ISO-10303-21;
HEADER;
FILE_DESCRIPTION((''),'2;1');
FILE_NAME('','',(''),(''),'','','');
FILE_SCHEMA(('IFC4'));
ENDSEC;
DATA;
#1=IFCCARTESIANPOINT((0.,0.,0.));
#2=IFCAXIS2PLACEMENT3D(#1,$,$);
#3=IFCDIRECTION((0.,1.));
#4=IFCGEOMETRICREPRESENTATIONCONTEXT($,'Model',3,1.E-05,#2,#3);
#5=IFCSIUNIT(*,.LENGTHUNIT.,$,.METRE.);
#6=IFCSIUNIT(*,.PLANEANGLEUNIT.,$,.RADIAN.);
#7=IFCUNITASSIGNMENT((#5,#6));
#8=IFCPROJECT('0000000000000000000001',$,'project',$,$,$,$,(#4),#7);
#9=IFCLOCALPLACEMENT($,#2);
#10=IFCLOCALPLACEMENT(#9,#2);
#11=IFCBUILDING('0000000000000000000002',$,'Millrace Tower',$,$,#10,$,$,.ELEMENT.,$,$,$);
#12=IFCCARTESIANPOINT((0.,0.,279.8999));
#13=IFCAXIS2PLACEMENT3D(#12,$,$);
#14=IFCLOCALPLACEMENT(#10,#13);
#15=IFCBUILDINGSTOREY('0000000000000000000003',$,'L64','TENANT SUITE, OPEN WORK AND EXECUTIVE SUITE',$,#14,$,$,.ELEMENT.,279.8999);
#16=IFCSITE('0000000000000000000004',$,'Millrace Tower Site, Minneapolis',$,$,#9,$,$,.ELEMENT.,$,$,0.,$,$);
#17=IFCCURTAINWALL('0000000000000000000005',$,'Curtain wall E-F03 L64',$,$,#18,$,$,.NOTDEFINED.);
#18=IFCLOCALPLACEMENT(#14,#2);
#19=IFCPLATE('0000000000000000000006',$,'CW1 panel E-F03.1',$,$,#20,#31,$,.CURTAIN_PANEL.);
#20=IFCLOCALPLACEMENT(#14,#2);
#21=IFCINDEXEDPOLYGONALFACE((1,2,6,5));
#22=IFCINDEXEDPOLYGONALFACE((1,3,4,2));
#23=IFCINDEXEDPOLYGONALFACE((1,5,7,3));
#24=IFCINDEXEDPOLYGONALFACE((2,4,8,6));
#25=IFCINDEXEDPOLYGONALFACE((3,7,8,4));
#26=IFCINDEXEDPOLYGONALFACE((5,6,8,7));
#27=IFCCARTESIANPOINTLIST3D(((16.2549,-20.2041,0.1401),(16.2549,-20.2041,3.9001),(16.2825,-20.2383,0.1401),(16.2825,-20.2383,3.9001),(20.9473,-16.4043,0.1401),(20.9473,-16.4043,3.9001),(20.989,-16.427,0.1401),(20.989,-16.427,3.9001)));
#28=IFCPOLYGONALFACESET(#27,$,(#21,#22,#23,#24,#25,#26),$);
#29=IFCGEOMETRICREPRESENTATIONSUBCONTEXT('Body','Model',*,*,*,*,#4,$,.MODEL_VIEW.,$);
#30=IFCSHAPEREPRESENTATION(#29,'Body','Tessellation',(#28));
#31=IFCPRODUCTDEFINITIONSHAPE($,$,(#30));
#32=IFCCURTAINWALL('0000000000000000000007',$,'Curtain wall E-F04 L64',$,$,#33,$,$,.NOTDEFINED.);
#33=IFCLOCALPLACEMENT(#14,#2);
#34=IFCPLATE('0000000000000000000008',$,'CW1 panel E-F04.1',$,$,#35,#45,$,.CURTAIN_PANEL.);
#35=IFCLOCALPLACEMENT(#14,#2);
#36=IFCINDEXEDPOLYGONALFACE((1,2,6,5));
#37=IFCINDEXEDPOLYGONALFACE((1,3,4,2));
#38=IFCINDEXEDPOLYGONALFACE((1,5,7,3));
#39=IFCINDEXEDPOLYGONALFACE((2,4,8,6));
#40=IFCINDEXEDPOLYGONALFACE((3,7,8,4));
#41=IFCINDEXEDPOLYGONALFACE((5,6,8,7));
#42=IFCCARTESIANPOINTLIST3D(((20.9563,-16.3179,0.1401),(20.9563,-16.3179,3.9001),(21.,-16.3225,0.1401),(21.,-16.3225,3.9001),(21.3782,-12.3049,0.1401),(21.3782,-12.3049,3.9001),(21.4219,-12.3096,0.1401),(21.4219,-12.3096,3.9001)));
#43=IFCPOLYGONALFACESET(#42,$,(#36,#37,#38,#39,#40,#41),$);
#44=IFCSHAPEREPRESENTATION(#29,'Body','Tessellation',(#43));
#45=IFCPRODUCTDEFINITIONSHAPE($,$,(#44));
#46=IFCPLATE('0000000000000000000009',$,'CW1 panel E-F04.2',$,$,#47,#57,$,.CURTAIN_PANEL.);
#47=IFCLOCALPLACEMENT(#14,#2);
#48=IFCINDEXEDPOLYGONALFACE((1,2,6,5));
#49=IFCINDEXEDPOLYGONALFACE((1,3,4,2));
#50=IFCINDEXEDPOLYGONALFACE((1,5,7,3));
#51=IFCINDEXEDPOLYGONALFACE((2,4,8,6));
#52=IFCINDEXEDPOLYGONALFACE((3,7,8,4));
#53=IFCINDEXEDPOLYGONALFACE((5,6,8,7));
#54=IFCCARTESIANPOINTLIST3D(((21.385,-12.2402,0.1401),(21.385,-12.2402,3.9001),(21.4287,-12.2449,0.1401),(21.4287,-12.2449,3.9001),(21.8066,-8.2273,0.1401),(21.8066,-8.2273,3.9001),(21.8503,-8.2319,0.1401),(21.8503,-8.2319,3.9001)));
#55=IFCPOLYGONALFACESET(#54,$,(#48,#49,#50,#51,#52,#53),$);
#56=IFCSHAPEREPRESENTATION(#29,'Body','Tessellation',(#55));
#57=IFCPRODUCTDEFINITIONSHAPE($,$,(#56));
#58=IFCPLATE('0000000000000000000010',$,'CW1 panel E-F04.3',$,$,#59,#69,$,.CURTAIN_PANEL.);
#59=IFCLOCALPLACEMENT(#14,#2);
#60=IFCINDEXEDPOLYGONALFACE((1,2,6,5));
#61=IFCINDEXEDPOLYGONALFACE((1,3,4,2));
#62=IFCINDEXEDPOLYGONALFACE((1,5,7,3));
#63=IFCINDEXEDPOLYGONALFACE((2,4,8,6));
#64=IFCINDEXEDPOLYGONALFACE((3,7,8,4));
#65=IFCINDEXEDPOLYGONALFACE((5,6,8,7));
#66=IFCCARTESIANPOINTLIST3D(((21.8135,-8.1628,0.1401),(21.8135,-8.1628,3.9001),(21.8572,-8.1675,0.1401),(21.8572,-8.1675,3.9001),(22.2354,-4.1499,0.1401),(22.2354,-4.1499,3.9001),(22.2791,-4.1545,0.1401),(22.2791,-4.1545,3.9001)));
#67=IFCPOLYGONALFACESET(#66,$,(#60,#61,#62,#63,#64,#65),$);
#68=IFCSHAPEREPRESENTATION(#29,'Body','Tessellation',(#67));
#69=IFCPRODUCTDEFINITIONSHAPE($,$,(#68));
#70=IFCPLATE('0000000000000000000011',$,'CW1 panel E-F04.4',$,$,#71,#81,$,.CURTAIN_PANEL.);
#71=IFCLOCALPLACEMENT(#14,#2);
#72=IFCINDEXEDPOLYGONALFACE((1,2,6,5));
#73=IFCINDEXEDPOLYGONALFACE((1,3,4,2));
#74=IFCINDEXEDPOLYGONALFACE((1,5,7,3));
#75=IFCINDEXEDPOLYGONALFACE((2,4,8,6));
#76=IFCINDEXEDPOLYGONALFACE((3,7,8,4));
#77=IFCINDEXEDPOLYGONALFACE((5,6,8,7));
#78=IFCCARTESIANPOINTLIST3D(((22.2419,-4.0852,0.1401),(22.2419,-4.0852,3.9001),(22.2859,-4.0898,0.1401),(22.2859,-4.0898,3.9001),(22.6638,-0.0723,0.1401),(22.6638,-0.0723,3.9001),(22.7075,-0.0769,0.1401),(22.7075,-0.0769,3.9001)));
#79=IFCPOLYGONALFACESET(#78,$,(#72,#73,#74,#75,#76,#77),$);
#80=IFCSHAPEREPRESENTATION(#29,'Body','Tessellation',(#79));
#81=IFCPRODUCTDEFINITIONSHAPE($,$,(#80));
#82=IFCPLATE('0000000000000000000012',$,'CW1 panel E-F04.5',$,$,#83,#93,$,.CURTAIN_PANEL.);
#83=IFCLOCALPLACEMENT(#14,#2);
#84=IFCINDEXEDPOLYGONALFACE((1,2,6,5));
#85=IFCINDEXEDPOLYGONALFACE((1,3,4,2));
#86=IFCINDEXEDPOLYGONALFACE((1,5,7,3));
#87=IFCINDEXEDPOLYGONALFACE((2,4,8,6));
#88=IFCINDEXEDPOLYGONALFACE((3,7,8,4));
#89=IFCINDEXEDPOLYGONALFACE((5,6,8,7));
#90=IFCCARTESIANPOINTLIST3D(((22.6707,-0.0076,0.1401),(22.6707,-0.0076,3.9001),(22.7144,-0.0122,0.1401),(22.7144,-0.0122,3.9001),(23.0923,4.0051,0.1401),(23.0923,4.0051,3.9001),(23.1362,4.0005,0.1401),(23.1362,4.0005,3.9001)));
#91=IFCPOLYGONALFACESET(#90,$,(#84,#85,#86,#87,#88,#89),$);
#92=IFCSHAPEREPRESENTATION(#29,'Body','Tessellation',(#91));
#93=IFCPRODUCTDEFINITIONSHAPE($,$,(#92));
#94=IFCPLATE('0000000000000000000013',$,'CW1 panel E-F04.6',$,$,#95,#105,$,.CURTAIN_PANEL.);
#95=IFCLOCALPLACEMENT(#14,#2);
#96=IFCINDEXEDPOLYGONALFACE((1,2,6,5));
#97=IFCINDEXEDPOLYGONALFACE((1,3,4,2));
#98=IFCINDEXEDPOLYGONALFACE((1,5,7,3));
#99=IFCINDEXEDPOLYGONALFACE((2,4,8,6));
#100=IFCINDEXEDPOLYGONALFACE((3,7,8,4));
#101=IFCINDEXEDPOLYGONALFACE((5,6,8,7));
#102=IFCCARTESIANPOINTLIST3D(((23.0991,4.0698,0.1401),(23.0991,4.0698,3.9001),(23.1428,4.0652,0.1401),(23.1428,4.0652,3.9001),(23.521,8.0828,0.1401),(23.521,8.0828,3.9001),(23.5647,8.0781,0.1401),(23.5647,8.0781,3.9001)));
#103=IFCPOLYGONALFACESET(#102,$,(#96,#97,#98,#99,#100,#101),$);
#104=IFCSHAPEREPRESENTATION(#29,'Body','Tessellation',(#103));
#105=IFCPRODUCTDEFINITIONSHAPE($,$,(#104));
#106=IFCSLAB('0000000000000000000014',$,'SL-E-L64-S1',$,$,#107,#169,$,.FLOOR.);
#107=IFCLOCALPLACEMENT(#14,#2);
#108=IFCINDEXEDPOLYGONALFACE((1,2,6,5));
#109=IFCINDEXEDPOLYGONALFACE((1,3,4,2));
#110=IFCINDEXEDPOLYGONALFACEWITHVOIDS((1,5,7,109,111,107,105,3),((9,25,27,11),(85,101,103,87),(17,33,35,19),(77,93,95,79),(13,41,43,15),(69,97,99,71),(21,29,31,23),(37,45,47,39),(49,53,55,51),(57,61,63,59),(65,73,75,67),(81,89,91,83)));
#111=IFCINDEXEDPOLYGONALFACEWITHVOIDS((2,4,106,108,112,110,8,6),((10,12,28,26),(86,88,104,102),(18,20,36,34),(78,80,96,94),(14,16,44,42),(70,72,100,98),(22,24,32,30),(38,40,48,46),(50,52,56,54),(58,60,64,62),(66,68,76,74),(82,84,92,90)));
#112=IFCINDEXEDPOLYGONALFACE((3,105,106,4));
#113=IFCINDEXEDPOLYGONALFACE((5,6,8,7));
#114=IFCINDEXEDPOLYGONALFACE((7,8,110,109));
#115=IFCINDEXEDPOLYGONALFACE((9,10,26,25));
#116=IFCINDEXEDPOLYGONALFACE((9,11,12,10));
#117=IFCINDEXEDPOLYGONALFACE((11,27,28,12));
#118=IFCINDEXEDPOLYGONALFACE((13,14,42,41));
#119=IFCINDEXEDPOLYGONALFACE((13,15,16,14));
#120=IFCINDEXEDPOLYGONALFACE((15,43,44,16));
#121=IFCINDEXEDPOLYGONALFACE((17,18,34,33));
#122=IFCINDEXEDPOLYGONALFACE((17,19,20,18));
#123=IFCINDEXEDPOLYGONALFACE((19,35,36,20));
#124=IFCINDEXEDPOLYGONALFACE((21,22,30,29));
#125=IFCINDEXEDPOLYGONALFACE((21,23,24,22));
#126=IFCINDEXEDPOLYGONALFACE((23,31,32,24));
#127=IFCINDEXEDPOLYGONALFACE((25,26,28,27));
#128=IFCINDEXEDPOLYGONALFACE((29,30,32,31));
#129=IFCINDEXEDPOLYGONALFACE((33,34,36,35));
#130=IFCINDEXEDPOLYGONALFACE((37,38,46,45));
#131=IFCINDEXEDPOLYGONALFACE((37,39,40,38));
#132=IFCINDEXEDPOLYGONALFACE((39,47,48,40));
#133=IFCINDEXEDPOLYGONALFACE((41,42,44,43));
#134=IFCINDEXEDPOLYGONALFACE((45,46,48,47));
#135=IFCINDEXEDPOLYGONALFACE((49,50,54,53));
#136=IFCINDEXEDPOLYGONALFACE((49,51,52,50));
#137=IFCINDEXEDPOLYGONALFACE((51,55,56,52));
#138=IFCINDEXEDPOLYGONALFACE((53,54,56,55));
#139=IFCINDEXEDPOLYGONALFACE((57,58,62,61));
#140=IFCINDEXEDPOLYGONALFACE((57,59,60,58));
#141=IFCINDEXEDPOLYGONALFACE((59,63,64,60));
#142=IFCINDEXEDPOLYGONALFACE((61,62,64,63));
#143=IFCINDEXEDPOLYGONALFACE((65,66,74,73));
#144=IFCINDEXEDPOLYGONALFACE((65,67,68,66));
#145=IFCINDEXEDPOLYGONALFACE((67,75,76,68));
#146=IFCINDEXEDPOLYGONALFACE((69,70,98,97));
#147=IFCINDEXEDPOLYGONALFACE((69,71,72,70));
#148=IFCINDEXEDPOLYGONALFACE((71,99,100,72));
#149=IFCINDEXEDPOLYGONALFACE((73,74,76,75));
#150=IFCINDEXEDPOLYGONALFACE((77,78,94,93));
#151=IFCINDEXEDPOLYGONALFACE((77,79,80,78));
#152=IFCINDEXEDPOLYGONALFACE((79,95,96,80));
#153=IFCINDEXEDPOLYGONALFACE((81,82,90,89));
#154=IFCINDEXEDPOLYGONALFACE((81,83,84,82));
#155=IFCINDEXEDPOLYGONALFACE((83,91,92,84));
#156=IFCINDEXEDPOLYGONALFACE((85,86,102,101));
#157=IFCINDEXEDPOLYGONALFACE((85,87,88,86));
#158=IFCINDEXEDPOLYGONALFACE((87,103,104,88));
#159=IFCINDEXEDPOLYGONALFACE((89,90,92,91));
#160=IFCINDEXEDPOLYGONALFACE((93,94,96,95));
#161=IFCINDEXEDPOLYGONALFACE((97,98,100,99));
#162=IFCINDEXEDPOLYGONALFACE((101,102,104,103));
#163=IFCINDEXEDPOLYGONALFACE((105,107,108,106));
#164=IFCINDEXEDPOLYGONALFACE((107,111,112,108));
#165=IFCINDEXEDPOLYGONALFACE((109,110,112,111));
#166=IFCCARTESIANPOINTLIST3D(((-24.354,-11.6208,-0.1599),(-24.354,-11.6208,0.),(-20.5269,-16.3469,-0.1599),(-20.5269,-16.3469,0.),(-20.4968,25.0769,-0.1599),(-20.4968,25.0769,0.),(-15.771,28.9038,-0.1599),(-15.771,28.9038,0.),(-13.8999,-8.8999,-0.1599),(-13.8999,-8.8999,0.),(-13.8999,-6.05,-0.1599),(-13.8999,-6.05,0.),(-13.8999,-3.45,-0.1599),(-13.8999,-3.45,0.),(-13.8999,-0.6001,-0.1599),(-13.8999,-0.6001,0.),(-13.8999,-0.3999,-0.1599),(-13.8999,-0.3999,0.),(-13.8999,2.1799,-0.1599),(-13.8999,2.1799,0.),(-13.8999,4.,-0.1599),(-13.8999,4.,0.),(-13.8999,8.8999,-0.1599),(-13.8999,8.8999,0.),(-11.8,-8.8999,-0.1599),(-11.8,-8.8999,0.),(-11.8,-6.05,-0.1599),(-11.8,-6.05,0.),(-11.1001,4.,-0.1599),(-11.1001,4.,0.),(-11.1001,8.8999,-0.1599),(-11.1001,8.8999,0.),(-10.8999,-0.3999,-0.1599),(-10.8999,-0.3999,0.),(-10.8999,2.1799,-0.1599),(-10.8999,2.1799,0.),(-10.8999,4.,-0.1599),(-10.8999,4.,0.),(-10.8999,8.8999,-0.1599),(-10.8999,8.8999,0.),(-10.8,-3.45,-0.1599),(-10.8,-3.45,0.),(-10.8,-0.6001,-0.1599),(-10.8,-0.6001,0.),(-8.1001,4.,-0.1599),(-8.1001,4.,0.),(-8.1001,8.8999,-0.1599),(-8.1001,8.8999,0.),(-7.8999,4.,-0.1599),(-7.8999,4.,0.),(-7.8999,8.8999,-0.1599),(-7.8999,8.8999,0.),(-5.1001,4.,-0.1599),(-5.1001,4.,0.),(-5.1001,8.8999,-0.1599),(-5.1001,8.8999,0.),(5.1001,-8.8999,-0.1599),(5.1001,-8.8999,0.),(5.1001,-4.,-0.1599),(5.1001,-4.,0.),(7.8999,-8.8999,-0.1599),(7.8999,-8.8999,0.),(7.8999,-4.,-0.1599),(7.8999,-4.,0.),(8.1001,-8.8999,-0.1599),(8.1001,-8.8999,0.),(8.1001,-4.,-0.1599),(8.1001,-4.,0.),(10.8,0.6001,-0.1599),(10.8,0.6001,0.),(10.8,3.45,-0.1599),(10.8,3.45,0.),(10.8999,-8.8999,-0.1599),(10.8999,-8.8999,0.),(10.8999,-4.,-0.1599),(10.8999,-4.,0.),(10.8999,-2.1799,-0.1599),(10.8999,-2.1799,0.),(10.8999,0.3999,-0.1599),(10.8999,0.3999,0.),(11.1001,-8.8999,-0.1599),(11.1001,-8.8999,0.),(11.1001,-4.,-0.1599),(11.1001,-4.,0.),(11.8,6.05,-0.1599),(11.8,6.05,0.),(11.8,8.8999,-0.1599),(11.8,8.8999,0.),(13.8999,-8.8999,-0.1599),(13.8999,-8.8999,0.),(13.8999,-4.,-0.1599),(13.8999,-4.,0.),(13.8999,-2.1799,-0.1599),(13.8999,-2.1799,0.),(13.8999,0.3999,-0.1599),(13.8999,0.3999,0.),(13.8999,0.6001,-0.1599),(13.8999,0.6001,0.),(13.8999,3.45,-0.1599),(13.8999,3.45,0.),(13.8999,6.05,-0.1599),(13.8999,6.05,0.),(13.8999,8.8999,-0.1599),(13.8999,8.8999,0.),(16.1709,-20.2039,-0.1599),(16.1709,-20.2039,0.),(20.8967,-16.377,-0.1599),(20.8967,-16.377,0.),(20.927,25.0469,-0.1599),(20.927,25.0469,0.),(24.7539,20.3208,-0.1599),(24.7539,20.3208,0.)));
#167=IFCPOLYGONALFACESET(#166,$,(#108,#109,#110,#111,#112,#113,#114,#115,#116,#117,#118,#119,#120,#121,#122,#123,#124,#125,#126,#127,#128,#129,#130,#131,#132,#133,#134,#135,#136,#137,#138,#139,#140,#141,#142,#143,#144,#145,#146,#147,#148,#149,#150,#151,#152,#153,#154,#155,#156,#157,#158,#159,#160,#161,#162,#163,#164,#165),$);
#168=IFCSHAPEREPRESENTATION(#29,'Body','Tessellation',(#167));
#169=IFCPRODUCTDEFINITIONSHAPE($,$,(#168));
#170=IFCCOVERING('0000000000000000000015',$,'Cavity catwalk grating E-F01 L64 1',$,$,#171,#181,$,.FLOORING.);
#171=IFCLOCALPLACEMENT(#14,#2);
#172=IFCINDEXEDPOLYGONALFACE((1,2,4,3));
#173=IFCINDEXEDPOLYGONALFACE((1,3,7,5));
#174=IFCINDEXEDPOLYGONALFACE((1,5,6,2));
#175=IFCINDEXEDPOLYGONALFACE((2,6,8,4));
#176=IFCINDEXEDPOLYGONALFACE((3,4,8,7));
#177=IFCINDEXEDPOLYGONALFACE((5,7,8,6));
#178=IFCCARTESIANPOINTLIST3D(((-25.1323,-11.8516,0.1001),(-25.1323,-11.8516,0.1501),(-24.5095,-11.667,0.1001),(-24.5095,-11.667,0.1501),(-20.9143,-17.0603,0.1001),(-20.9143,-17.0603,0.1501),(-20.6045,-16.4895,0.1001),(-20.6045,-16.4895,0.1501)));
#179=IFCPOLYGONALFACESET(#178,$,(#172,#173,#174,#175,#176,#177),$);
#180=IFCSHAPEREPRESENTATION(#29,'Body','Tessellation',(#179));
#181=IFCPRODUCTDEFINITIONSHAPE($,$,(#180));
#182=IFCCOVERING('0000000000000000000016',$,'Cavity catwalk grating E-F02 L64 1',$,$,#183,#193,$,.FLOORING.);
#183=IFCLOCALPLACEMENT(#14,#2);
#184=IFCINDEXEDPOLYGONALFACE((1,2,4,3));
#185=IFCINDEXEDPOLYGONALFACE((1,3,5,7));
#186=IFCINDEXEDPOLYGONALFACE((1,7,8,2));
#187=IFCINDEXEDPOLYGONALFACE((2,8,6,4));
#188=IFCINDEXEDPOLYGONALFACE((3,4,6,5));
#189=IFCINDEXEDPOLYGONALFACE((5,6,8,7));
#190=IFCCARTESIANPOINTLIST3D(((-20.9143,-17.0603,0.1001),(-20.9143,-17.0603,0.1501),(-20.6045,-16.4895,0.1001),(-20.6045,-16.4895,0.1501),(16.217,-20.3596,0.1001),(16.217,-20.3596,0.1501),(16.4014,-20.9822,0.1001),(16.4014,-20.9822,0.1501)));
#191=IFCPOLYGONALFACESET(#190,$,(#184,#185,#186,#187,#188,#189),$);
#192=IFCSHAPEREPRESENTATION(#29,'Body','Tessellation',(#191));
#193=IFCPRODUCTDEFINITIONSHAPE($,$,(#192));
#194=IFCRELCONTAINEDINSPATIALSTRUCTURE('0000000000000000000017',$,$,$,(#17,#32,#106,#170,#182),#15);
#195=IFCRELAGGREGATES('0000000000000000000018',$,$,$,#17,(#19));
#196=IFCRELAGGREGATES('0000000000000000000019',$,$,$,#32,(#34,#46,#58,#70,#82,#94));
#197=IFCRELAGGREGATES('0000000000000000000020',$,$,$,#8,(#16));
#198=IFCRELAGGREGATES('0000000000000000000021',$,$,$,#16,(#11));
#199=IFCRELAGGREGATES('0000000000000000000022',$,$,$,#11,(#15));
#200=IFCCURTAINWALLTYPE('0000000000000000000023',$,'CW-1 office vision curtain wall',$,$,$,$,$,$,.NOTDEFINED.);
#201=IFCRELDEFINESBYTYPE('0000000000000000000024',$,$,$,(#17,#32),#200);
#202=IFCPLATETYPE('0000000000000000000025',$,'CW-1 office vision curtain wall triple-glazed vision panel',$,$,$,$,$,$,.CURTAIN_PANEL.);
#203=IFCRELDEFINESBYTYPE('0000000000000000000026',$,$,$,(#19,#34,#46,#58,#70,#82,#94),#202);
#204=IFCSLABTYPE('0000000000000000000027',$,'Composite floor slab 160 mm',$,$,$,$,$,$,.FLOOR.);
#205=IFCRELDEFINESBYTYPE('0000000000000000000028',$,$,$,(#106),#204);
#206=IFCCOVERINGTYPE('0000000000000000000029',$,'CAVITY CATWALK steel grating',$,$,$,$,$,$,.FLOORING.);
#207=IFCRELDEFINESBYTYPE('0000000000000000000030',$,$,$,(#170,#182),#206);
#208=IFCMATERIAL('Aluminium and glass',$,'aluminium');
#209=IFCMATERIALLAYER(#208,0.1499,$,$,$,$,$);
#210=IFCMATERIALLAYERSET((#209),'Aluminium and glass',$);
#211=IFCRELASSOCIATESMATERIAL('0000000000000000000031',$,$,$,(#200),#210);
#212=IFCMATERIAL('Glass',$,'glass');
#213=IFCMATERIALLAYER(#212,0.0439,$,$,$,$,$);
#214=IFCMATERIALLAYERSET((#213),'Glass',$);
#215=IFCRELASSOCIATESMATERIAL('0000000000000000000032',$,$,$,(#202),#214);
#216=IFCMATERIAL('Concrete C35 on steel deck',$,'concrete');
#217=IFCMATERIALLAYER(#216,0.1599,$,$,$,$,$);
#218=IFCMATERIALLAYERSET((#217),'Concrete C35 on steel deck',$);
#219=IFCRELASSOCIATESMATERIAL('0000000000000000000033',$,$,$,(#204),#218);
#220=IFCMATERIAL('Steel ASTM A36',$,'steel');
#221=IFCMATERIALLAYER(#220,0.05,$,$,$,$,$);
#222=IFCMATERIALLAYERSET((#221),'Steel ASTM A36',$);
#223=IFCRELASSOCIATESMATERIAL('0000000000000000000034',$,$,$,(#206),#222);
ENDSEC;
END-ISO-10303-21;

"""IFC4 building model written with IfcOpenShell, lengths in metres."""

from ifc_helpers import new_model, si_unit, direction, frame, origin, place, context, subcontext, project, spatial, polyline, outline, extrude, material, layer, layer_set, type_object, element, aggregate, save


model = new_model("IFC4")

# Units and contexts
model_context = context("Model", 3, precision=1e-05, world=origin(), true_north=direction((0.0, 1.0)))
body_context = subcontext(model_context, "Body", "Model", "MODEL_VIEW")
ifc_project = project(units=[si_unit("LENGTHUNIT", "METRE"), si_unit("PLANEANGLEUNIT", "RADIAN")], contexts=[model_context])

# Site, building, storey
site_placement = place(None, origin())
site = spatial("IfcSite", under=ifc_project, at=site_placement, Name="Millrace Tower Site, Minneapolis", CompositionType="ELEMENT", RefElevation=0.0)
building_placement = place(site_placement, origin())
building = spatial("IfcBuilding", under=site, at=building_placement, Name="Millrace Tower", CompositionType="ELEMENT")
storey_placement = place(building_placement, frame((0.0, 0.0, 279.8999)))
storey = spatial("IfcBuildingStorey", under=building, at=storey_placement, Name="L64", Description="TENANT SUITE, OPEN WORK AND EXECUTIVE SUITE", CompositionType="ELEMENT", Elevation=279.8999)

# Shared definitions
ifc_material_1 = material(Name="Aluminium and glass", Category="aluminium")
ifc_layer_1 = layer(ifc_material_1, 0.1499)
ifc_layer_set_1 = layer_set([ifc_layer_1], Name="Aluminium and glass")
curtain_wall_type = type_object("IfcCurtainWallType", Name="CW-1 office vision curtain wall", PredefinedType="NOTDEFINED", material=ifc_layer_set_1)
placement_1 = place(storey_placement, origin())
ifc_material_2 = material(Name="Glass", Category="glass")
ifc_layer_2 = layer(ifc_material_2, 0.0439)
ifc_layer_set_2 = layer_set([ifc_layer_2], Name="Glass")
plate_type = type_object("IfcPlateType", Name="CW-1 office vision curtain wall triple-glazed vision panel", PredefinedType="CURTAIN_PANEL", material=ifc_layer_set_2)
placement_2 = place(storey_placement, frame((0.0, 0.0, 0.1401)))

# Curtain wall, plate
curtain_wall_1 = element("IfcCurtainWall", 1, at=placement_1, inside=storey, type_object=curtain_wall_type, Name="Curtain wall E-F03 L64", PredefinedType="NOTDEFINED")
plate_1 = element("IfcPlate", 2, at=placement_2, type_object=plate_type, Name="CW1 panel E-F03.1", PredefinedType="CURTAIN_PANEL", context=body_context, shape_type="SweptSolid", body=[
    extrude(outline(polyline([(16.2825, -20.2383), (20.989, -16.427), (20.9473, -16.4043), (16.2549, -20.2041), (16.2825, -20.2383)])), origin(), (0.0, 0.0, 1.0), 3.76),
])
aggregate(curtain_wall_1, [plate_1])

# Curtain wall, plates
curtain_wall_2 = element("IfcCurtainWall", 3, at=placement_1, inside=storey, type_object=curtain_wall_type, Name="Curtain wall E-F04 L64", PredefinedType="NOTDEFINED")
plate_2 = element("IfcPlate", 4, at=placement_2, type_object=plate_type, Name="CW1 panel E-F04.1", PredefinedType="CURTAIN_PANEL", context=body_context, shape_type="SweptSolid", body=[
    extrude(outline(polyline([(21.0, -16.3225), (21.4219, -12.3096), (21.3782, -12.3049), (20.9563, -16.3179), (21.0, -16.3225)])), origin(), (0.0, 0.0, 1.0), 3.76),
])
plate_3 = element("IfcPlate", 5, at=placement_2, type_object=plate_type, Name="CW1 panel E-F04.2", PredefinedType="CURTAIN_PANEL", context=body_context, shape_type="SweptSolid", body=[
    extrude(outline(polyline([(21.4287, -12.2449), (21.8503, -8.2319), (21.8066, -8.2273), (21.385, -12.2402), (21.4287, -12.2449)])), origin(), (0.0, 0.0, 1.0), 3.76),
])
plate_4 = element("IfcPlate", 6, at=placement_2, type_object=plate_type, Name="CW1 panel E-F04.3", PredefinedType="CURTAIN_PANEL", context=body_context, shape_type="SweptSolid", body=[
    extrude(outline(polyline([(21.8572, -8.1675), (22.2791, -4.1545), (22.2354, -4.1499), (21.8135, -8.1628), (21.8572, -8.1675)])), origin(), (0.0, 0.0, 1.0), 3.76),
])
plate_5 = element("IfcPlate", 7, at=placement_2, type_object=plate_type, Name="CW1 panel E-F04.4", PredefinedType="CURTAIN_PANEL", context=body_context, shape_type="SweptSolid", body=[
    extrude(outline(polyline([(22.2859, -4.0898), (22.7075, -0.0769), (22.6638, -0.0723), (22.2419, -4.0852), (22.2859, -4.0898)])), origin(), (0.0, 0.0, 1.0), 3.76),
])
plate_6 = element("IfcPlate", 8, at=placement_2, type_object=plate_type, Name="CW1 panel E-F04.5", PredefinedType="CURTAIN_PANEL", context=body_context, shape_type="SweptSolid", body=[
    extrude(outline(polyline([(22.7144, -0.0122), (23.1362, 4.0005), (23.0923, 4.0051), (22.6707, -0.0076), (22.7144, -0.0122)])), origin(), (0.0, 0.0, 1.0), 3.76),
])
plate_7 = element("IfcPlate", 9, at=placement_2, type_object=plate_type, Name="CW1 panel E-F04.6", PredefinedType="CURTAIN_PANEL", context=body_context, shape_type="SweptSolid", body=[
    extrude(outline(polyline([(23.1428, 4.0652), (23.5647, 8.0781), (23.521, 8.0828), (23.0991, 4.0698), (23.1428, 4.0652)])), origin(), (0.0, 0.0, 1.0), 3.76),
])
aggregate(curtain_wall_2, [plate_2, plate_3, plate_4, plate_5, plate_6, plate_7])

# Slab
ifc_material_3 = material(Name="Concrete C35 on steel deck", Category="concrete")
ifc_layer_3 = layer(ifc_material_3, 0.1599)
ifc_layer_set_3 = layer_set([ifc_layer_3], Name="Concrete C35 on steel deck")
slab_type = type_object("IfcSlabType", Name="Composite floor slab 160 mm", PredefinedType="FLOOR", material=ifc_layer_set_3)
slab_placement = place(storey_placement, frame((0.0, 0.0, -0.1599)))
element("IfcSlab", 10, at=slab_placement, inside=storey, type_object=slab_type, Name="SL-E-L64-S1", PredefinedType="FLOOR", context=body_context, shape_type="SweptSolid", body=[
    extrude(outline(polyline([(-24.354, -11.6208), (-20.5269, -16.3469), (16.1709, -20.2039), (20.8967, -16.377), (24.7539, 20.3208), (20.927, 25.0469), (-15.771, 28.9038), (-20.4968, 25.0769), (-24.354, -11.6208)]), holes=[polyline([(-13.8999, -8.8999), (-11.8, -8.8999), (-11.8, -6.05), (-13.8999, -6.05), (-13.8999, -8.8999)]), polyline([(-13.8999, -3.45), (-10.8, -3.45), (-10.8, -0.6001), (-13.8999, -0.6001), (-13.8999, -3.45)]), polyline([(-13.8999, -0.3999), (-10.8999, -0.3999), (-10.8999, 2.1799), (-13.8999, 2.1799), (-13.8999, -0.3999)]), polyline([(-13.8999, 4.0), (-11.1001, 4.0), (-11.1001, 8.8999), (-13.8999, 8.8999), (-13.8999, 4.0)]), polyline([(-10.8999, 4.0), (-8.1001, 4.0), (-8.1001, 8.8999), (-10.8999, 8.8999), (-10.8999, 4.0)]), polyline([(-7.8999, 4.0), (-5.1001, 4.0), (-5.1001, 8.8999), (-7.8999, 8.8999), (-7.8999, 4.0)]), polyline([(11.8, 6.05), (13.8999, 6.05), (13.8999, 8.8999), (11.8, 8.8999), (11.8, 6.05)]), polyline([(10.8, 0.6001), (13.8999, 0.6001), (13.8999, 3.45), (10.8, 3.45), (10.8, 0.6001)]), polyline([(10.8999, -2.1799), (13.8999, -2.1799), (13.8999, 0.3999), (10.8999, 0.3999), (10.8999, -2.1799)]), polyline([(11.1001, -8.8999), (13.8999, -8.8999), (13.8999, -4.0), (11.1001, -4.0), (11.1001, -8.8999)]), polyline([(8.1001, -8.8999), (10.8999, -8.8999), (10.8999, -4.0), (8.1001, -4.0), (8.1001, -8.8999)]), polyline([(5.1001, -8.8999), (7.8999, -8.8999), (7.8999, -4.0), (5.1001, -4.0), (5.1001, -8.8999)])]), origin(), (0.0, 0.0, 1.0), 0.1599),
])

# Coverings
ifc_material_4 = material(Name="Steel ASTM A36", Category="steel")
ifc_layer_4 = layer(ifc_material_4, 0.05)
ifc_layer_set_4 = layer_set([ifc_layer_4], Name="Steel ASTM A36")
covering_type = type_object("IfcCoveringType", Name="CAVITY CATWALK steel grating", PredefinedType="FLOORING", material=ifc_layer_set_4)
placement_3 = place(storey_placement, frame((0.0, 0.0, 0.1001)))
element("IfcCovering", 11, at=placement_3, inside=storey, type_object=covering_type, Name="Cavity catwalk grating E-F01 L64 1", PredefinedType="FLOORING", context=body_context, shape_type="SweptSolid", body=[
    extrude(outline(polyline([(-25.1323, -11.8516), (-20.9143, -17.0603), (-20.6045, -16.4895), (-24.5095, -11.667), (-25.1323, -11.8516)])), origin(), (0.0, 0.0, 1.0), 0.05),
])
element("IfcCovering", 12, at=placement_3, inside=storey, type_object=covering_type, Name="Cavity catwalk grating E-F02 L64 1", PredefinedType="FLOORING", context=body_context, shape_type="SweptSolid", body=[
    extrude(outline(polyline([(-20.9143, -17.0603), (16.4014, -20.9822), (16.217, -20.3596), (-20.6045, -16.4895), (-20.9143, -17.0603)])), origin(), (0.0, 0.0, 1.0), 0.05),
])

save(model, "model.ifc")
